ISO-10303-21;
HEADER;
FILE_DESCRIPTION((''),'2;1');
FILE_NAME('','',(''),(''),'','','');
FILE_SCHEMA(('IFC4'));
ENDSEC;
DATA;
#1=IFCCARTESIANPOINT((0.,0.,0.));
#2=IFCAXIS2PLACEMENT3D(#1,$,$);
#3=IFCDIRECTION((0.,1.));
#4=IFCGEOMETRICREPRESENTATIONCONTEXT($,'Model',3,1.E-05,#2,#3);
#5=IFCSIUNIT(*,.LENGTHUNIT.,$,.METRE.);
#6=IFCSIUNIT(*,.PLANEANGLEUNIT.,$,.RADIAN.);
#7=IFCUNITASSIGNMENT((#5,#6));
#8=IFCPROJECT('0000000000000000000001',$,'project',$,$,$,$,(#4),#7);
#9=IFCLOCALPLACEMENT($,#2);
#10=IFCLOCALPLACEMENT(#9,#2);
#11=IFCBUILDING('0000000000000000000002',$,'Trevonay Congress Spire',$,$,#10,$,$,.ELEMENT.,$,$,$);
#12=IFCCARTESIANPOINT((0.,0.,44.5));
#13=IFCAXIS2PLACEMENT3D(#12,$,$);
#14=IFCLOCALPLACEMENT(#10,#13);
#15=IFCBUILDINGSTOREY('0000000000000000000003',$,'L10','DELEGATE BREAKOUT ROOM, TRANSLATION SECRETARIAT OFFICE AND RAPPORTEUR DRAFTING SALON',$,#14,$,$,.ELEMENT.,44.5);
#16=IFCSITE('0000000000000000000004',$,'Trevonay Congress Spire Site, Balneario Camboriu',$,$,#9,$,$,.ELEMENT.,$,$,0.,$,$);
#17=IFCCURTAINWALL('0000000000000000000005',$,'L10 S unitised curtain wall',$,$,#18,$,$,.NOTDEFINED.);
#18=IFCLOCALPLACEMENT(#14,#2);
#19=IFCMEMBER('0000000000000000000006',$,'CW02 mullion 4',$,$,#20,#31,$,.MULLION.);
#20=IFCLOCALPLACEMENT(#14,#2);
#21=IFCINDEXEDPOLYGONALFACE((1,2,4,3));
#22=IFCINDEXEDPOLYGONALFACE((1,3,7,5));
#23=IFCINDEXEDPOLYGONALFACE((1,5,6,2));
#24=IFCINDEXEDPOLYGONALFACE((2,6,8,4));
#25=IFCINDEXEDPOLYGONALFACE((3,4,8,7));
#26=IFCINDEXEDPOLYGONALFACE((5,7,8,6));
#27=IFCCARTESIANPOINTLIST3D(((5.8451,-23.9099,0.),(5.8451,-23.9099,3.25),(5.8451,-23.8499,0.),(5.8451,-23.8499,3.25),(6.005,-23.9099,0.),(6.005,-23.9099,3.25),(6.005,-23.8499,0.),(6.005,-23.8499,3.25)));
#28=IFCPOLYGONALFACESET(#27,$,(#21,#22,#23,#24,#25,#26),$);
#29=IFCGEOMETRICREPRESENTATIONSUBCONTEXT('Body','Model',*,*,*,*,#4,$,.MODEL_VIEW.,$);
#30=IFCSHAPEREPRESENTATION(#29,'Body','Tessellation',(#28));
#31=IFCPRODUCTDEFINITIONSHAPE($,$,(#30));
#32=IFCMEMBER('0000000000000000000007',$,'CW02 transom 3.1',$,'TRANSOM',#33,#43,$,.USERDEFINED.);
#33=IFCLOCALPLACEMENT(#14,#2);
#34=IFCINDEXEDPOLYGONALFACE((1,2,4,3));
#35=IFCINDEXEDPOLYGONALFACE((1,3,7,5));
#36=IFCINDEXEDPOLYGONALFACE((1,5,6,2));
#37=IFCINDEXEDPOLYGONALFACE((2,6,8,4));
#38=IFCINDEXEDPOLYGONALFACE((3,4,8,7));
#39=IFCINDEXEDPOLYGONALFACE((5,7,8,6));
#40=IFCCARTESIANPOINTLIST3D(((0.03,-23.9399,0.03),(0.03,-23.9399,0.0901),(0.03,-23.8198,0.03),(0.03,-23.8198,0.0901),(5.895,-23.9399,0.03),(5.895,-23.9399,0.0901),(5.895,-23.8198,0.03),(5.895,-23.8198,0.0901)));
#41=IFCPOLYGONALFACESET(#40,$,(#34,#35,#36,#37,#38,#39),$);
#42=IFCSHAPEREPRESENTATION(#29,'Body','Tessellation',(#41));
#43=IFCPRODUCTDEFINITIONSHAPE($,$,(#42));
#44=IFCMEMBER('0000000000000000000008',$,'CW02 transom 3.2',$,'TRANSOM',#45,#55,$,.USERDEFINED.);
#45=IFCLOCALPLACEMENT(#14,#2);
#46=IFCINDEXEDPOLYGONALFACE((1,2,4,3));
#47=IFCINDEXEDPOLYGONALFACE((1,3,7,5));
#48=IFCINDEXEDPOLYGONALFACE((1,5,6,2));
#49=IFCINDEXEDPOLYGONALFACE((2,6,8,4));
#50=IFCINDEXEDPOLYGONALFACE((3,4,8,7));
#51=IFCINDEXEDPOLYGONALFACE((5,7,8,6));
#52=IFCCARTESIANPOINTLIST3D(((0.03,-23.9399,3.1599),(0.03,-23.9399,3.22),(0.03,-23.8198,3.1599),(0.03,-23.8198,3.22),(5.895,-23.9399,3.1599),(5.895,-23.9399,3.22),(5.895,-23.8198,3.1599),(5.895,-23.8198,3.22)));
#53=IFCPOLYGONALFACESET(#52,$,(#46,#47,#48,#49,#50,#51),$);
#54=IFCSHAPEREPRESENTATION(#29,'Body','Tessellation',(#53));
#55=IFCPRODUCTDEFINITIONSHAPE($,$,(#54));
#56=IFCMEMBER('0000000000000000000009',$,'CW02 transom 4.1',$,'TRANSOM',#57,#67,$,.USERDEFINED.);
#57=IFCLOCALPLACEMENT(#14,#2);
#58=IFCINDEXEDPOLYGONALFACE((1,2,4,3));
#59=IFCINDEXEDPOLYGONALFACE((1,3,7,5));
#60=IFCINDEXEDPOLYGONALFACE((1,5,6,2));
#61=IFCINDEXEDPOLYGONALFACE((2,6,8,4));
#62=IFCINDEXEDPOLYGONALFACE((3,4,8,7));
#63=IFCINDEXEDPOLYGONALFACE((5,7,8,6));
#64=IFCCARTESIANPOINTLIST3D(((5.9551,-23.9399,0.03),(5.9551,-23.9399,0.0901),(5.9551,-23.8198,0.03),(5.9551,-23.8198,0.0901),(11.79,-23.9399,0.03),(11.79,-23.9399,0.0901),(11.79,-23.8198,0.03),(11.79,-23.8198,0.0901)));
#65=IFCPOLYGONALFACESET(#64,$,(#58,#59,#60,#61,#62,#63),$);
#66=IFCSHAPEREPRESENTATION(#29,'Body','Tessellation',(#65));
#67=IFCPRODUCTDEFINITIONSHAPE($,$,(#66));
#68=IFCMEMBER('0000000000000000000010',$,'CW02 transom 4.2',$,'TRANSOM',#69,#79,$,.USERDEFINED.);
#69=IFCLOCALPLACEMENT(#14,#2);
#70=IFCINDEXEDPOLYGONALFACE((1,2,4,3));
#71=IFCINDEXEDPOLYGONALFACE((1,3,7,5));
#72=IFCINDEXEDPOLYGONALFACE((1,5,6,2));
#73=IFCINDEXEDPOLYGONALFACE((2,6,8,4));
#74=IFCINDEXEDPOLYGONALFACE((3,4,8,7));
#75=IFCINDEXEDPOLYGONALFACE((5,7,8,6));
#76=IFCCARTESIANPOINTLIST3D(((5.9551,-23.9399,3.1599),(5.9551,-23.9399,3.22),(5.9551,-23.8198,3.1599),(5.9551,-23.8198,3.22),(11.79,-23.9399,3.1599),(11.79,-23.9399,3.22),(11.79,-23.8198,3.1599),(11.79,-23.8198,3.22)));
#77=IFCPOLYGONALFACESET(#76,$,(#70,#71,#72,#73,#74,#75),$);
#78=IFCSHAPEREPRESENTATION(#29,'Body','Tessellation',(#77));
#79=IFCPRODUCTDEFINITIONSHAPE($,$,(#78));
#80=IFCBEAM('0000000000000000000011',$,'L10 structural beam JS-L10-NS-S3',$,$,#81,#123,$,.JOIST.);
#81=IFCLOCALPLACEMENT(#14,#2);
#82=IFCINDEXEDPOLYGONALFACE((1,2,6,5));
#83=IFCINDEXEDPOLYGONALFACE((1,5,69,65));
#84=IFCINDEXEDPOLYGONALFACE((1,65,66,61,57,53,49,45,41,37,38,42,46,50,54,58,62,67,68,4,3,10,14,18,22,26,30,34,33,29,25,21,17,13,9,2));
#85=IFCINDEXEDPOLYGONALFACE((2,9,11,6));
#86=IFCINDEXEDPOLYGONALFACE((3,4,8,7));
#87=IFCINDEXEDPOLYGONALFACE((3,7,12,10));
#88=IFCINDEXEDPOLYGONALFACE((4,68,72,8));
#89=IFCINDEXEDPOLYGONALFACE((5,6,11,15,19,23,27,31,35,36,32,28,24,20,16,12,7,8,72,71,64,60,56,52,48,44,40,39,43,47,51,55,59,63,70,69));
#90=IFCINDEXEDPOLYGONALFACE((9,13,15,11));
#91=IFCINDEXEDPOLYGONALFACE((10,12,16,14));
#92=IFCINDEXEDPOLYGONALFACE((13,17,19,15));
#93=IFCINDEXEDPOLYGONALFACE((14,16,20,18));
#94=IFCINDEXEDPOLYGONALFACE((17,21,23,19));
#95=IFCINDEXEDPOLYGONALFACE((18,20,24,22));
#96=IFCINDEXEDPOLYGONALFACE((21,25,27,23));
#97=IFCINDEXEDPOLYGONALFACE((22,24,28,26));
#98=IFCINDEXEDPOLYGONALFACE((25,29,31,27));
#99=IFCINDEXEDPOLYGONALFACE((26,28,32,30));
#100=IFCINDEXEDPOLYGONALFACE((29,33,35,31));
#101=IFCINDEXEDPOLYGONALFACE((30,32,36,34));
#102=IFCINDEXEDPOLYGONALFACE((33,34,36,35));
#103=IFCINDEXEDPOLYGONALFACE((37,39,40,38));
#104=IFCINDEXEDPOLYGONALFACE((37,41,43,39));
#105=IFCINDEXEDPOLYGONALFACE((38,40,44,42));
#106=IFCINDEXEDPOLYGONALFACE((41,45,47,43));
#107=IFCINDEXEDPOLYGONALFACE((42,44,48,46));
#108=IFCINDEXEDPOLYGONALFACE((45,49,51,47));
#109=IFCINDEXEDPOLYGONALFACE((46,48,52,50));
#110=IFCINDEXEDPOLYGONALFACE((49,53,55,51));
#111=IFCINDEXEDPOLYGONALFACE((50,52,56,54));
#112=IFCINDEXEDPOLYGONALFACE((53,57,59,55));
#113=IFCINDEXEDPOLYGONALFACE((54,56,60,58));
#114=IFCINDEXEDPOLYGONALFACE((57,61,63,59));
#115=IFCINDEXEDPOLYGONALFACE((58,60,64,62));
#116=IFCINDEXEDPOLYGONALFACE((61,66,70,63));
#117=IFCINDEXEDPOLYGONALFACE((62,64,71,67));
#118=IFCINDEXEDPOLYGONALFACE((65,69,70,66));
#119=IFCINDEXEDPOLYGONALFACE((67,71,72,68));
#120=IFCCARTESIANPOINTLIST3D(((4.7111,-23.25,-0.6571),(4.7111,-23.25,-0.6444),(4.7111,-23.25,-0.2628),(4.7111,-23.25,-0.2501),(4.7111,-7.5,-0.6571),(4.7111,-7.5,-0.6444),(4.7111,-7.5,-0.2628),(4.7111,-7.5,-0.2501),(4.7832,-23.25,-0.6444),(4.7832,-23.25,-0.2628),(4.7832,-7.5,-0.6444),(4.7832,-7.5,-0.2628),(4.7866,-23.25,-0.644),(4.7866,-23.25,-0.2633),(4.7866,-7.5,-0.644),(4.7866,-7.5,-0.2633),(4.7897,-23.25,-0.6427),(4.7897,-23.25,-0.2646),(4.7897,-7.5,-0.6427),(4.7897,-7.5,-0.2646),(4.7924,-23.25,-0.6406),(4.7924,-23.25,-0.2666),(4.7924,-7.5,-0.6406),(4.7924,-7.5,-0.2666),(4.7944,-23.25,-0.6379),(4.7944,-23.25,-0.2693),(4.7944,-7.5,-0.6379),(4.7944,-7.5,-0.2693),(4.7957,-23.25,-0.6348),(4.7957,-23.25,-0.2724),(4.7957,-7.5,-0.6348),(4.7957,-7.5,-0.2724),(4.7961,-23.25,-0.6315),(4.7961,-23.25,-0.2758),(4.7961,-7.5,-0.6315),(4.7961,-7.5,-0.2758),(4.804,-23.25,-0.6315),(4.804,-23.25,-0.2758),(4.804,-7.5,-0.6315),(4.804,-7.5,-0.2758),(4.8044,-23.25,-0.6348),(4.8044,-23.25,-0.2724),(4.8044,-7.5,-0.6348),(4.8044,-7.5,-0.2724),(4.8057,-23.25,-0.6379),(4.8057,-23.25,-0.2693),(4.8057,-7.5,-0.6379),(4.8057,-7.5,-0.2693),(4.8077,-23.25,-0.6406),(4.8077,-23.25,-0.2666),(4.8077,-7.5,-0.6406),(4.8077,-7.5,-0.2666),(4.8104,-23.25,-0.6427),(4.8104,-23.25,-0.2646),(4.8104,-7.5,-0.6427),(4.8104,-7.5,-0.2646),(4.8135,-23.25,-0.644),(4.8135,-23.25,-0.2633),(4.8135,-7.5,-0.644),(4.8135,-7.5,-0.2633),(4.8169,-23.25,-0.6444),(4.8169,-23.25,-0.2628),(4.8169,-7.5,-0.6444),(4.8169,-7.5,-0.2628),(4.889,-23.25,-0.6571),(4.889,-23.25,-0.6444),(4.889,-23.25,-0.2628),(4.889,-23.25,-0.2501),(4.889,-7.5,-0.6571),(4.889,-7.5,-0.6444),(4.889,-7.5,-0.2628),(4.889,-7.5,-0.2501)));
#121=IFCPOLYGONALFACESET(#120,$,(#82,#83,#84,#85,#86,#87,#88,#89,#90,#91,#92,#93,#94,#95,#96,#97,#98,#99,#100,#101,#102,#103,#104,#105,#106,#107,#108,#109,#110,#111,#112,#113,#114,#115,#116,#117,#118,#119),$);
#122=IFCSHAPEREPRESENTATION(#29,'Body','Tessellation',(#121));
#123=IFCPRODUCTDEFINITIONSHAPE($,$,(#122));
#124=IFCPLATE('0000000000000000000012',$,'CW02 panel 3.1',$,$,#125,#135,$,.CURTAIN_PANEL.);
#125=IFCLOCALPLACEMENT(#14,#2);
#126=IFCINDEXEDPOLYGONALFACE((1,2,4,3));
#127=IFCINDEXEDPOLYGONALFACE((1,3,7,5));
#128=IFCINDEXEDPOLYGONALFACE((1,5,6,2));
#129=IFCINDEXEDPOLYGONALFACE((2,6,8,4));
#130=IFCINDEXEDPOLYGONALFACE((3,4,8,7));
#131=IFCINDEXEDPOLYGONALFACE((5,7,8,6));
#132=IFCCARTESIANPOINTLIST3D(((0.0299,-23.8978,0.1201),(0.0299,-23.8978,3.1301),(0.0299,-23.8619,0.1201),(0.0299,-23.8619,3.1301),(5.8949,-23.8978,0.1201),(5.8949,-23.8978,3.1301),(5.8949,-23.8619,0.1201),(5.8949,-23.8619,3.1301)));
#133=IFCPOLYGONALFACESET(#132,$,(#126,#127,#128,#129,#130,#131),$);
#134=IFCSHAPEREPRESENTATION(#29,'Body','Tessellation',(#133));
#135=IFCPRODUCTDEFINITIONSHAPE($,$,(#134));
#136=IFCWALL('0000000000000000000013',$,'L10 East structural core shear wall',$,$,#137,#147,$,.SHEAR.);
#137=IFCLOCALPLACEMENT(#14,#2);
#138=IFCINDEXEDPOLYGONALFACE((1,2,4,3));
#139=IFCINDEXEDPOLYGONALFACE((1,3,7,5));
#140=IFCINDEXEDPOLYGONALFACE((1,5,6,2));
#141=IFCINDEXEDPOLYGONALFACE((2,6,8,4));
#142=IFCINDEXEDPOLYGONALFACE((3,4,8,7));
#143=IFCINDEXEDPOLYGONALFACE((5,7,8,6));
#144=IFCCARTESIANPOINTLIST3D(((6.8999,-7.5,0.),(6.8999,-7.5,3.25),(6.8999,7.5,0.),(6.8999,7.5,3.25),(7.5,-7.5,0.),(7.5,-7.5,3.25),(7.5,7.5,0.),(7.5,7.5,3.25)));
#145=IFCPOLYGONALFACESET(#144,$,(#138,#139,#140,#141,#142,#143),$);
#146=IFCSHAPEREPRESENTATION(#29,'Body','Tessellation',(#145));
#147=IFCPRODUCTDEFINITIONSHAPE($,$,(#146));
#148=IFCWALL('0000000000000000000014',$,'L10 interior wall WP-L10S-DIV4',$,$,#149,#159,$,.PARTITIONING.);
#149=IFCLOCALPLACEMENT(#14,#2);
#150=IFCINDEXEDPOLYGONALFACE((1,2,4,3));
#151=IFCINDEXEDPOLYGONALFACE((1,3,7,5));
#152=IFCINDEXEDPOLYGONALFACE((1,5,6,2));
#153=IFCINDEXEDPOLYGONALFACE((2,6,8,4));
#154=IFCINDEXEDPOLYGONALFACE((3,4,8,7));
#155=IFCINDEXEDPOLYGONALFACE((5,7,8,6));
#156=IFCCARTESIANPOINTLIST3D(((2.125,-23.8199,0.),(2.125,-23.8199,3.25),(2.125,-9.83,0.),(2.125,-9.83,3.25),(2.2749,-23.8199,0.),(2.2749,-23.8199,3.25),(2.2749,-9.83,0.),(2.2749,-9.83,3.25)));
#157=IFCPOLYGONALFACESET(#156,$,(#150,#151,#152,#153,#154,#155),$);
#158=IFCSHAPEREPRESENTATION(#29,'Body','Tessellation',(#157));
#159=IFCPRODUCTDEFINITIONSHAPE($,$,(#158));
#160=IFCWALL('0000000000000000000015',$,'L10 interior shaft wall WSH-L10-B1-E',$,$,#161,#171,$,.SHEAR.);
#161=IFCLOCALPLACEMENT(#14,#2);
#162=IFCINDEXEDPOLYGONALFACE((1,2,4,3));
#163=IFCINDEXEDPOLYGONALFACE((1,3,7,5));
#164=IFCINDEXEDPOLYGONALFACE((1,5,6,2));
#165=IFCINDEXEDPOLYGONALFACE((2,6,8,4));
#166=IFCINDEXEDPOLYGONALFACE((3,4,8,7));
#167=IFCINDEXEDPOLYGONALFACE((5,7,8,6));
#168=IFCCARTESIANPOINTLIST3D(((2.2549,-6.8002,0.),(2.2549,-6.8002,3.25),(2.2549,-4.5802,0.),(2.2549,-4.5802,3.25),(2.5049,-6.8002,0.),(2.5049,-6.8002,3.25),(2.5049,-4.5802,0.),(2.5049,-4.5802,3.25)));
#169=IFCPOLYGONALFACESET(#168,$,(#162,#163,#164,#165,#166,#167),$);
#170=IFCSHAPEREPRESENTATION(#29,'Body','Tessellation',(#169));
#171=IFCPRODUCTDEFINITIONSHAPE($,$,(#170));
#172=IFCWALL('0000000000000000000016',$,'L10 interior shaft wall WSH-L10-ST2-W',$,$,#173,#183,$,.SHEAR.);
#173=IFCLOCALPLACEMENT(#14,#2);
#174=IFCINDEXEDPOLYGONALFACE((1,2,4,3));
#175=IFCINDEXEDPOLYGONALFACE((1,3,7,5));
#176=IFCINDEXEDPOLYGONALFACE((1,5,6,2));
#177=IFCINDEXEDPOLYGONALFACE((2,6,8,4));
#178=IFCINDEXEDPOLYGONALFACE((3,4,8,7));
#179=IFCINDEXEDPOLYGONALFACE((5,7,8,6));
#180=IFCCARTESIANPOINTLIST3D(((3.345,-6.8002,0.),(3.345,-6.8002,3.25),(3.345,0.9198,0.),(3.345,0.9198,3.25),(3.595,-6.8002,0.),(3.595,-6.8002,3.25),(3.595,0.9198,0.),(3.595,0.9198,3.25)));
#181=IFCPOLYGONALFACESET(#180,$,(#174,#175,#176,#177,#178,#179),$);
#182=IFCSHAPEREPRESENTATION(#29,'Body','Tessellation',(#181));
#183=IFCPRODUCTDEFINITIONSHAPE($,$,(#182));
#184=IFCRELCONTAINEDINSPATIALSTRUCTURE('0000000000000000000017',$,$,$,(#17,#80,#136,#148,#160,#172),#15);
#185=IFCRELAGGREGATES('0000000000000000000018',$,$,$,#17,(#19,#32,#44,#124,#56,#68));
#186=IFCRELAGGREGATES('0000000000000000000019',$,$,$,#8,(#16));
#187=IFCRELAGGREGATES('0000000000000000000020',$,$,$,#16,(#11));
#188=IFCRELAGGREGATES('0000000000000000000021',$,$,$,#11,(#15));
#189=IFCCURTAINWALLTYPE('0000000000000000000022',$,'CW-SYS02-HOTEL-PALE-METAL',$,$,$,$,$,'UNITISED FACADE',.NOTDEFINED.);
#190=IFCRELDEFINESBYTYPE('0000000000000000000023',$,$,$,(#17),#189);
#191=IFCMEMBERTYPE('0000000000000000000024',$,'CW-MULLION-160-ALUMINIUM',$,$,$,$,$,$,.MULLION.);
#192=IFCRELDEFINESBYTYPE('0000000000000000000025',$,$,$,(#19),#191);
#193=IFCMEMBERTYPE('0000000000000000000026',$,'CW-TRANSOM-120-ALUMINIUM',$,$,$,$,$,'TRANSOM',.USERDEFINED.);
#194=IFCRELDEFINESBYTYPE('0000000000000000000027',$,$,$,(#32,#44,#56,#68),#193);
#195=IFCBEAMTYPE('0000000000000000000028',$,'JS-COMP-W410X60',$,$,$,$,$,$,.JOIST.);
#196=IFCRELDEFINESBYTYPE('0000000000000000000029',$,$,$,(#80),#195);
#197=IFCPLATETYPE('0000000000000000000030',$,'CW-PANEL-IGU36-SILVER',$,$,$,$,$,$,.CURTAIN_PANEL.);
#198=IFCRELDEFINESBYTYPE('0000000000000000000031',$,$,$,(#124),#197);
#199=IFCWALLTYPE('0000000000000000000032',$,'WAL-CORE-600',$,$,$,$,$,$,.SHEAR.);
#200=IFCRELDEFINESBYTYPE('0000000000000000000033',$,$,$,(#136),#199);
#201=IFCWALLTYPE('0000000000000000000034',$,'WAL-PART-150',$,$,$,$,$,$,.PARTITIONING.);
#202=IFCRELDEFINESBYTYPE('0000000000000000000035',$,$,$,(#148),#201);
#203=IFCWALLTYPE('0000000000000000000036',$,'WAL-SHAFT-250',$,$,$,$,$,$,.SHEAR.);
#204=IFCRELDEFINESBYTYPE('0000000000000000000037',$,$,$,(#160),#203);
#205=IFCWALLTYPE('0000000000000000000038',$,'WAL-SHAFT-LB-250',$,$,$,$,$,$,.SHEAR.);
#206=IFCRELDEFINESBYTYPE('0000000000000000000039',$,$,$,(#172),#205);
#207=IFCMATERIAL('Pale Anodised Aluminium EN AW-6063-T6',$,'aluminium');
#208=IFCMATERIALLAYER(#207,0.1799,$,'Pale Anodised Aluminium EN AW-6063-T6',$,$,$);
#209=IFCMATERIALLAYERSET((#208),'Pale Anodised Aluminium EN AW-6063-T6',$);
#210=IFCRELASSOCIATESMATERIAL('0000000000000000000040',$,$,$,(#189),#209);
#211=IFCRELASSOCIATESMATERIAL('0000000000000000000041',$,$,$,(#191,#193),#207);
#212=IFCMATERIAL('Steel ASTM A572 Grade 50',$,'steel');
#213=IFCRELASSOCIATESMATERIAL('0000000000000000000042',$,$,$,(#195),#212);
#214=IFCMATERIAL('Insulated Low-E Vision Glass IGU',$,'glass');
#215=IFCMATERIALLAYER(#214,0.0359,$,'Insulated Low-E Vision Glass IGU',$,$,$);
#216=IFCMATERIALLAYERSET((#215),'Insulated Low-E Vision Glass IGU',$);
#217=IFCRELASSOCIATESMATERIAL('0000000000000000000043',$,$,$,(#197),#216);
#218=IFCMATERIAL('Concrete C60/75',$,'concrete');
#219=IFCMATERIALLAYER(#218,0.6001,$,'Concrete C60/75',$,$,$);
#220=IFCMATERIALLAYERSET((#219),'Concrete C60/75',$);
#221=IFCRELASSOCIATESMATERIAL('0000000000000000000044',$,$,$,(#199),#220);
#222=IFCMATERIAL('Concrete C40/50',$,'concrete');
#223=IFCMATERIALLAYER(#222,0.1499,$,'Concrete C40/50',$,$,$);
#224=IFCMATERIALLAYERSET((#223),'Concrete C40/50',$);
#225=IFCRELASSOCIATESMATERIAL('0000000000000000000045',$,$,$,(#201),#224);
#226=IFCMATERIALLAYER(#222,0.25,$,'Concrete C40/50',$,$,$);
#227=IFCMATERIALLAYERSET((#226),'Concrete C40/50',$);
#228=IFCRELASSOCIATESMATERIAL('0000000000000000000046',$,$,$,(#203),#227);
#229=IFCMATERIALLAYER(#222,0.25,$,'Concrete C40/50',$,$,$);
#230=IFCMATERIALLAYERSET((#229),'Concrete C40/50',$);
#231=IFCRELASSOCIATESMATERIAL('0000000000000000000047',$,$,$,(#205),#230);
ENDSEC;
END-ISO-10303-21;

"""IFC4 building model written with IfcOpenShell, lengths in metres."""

from ifc_helpers import new_model, si_unit, direction, frame, frame_2d, origin, origin_2d, place, context, subcontext, project, spatial, rectangle, i_section, extrude, material, layer, layer_set, material_profile, profile_set, type_object, element, aggregate, save


model = new_model("IFC4")

# Units and contexts
model_context = context("Model", 3, precision=1e-05, world=origin(), true_north=direction((0.0, 1.0)))
body_context = subcontext(model_context, "Body", "Model", "MODEL_VIEW")
ifc_project = project(units=[si_unit("LENGTHUNIT", "METRE"), si_unit("PLANEANGLEUNIT", "RADIAN")], contexts=[model_context])

# Site, building, storey
site_placement = place(None, origin())
site = spatial("IfcSite", under=ifc_project, at=site_placement, Name="Trevonay Congress Spire Site, Balneario Camboriu", CompositionType="ELEMENT", RefElevation=0.0)
building_placement = place(site_placement, origin())
building = spatial("IfcBuilding", under=site, at=building_placement, Name="Trevonay Congress Spire", CompositionType="ELEMENT")
storey_placement = place(building_placement, frame((0.0, 0.0, 44.5)))
storey = spatial("IfcBuildingStorey", under=building, at=storey_placement, Name="L10", Description="DELEGATE BREAKOUT ROOM, TRANSLATION SECRETARIAT OFFICE AND RAPPORTEUR DRAFTING SALON", CompositionType="ELEMENT", Elevation=44.5)

# Shared definitions
ifc_material_1 = material(Name="Steel ASTM A572 Grade 50", Category="steel")

# Curtain wall, members
ifc_material_2 = material(Name="Pale Anodised Aluminium EN AW-6063-T6", Category="aluminium")
ifc_layer_1 = layer(ifc_material_2, 0.1799, Name="Pale Anodised Aluminium EN AW-6063-T6")
ifc_layer_set_1 = layer_set([ifc_layer_1], Name="Pale Anodised Aluminium EN AW-6063-T6")
curtain_wall_type = type_object("IfcCurtainWallType", Name="CW-SYS02-HOTEL-PALE-METAL", ElementType="UNITISED FACADE", PredefinedType="NOTDEFINED", material=ifc_layer_set_1)
curtain_wall_placement = place(storey_placement, origin())
curtain_wall = element("IfcCurtainWall", 1, at=curtain_wall_placement, inside=storey, type_object=curtain_wall_type, Name="L10 S unitised curtain wall", PredefinedType="NOTDEFINED")
ifc_material_profile_1 = material_profile(ifc_material_2, rectangle(XDim=0.0601, YDim=0.1599, at=origin_2d()), Name="CW-MULLION-160-ALUMINIUM")
ifc_profile_set_1 = profile_set([ifc_material_profile_1], Name="Pale Anodised Aluminium EN AW-6063-T6")
member_type_1 = type_object("IfcMemberType", Name="CW-MULLION-160-ALUMINIUM", PredefinedType="MULLION", material=ifc_profile_set_1)
member_1_placement = place(storey_placement, frame((5.925, -23.8799, 0.0), z_axis=(0.0, 0.0, 1.0), x_axis=(0.0, 1.0, 0.0)))
member_1 = element("IfcMember", 2, at=member_1_placement, type_object=member_type_1, Name="CW02 mullion 4", PredefinedType="MULLION", context=body_context, shape_type="SweptSolid", body=[
    extrude(rectangle(XDim=0.0601, YDim=0.1599, at=origin_2d()), origin(), (0.0, 0.0, 1.0), 3.25),
])
ifc_material_profile_2 = material_profile(ifc_material_2, rectangle(XDim=0.1201, YDim=0.0601, at=origin_2d()), Name="CW-TRANSOM-120-ALUMINIUM")
ifc_profile_set_2 = profile_set([ifc_material_profile_2], Name="Pale Anodised Aluminium EN AW-6063-T6")
member_type_2 = type_object("IfcMemberType", Name="CW-TRANSOM-120-ALUMINIUM", ElementType="TRANSOM", PredefinedType="USERDEFINED", material=ifc_profile_set_2)
member_2_placement = place(storey_placement, frame((0.03, -23.8799, 0.0601), z_axis=(1.0, 0.0, 0.0), x_axis=(0.0, 1.0, 0.0)))
member_2 = element("IfcMember", 3, at=member_2_placement, type_object=member_type_2, Name="CW02 transom 3.1", ObjectType="TRANSOM", PredefinedType="USERDEFINED", context=body_context, shape_type="SweptSolid", body=[
    extrude(rectangle(XDim=0.1201, YDim=0.0601, at=origin_2d()), origin(), (0.0, 0.0, 1.0), 5.865),
])
member_3_placement = place(storey_placement, frame((0.03, -23.8799, 3.1899), z_axis=(1.0, 0.0, 0.0), x_axis=(0.0, 1.0, 0.0)))
member_3 = element("IfcMember", 4, at=member_3_placement, type_object=member_type_2, Name="CW02 transom 3.2", ObjectType="TRANSOM", PredefinedType="USERDEFINED", context=body_context, shape_type="SweptSolid", body=[
    extrude(rectangle(XDim=0.1201, YDim=0.0601, at=origin_2d()), origin(), (0.0, 0.0, 1.0), 5.865),
])
member_4_placement = place(storey_placement, frame((5.9551, -23.8799, 0.0601), z_axis=(1.0, 0.0, 0.0), x_axis=(0.0, 1.0, 0.0)))
member_4 = element("IfcMember", 5, at=member_4_placement, type_object=member_type_2, Name="CW02 transom 4.1", ObjectType="TRANSOM", PredefinedType="USERDEFINED", context=body_context, shape_type="SweptSolid", body=[
    extrude(rectangle(XDim=0.1201, YDim=0.0601, at=origin_2d()), origin(), (0.0, 0.0, 1.0), 5.835),
])
member_5_placement = place(storey_placement, frame((5.9551, -23.8799, 3.1899), z_axis=(1.0, 0.0, 0.0), x_axis=(0.0, 1.0, 0.0)))
member_5 = element("IfcMember", 6, at=member_5_placement, type_object=member_type_2, Name="CW02 transom 4.2", ObjectType="TRANSOM", PredefinedType="USERDEFINED", context=body_context, shape_type="SweptSolid", body=[
    extrude(rectangle(XDim=0.1201, YDim=0.0601, at=origin_2d()), origin(), (0.0, 0.0, 1.0), 5.835),
])

# Beam
ifc_material_profile_3 = material_profile(ifc_material_1, i_section(OverallWidth=0.178, OverallDepth=0.407, WebThickness=0.0078, FlangeThickness=0.0127, FilletRadius=0.0129, at=origin_2d()), Name="W410x60")
ifc_profile_set_3 = profile_set([ifc_material_profile_3], Name="Steel ASTM A572 Grade 50")
beam_type_1 = type_object("IfcBeamType", Name="JS-COMP-W410X60", PredefinedType="JOIST", material=ifc_profile_set_3)
beam_1_placement = place(storey_placement, frame((4.8, -23.25, -0.4536), z_axis=(0.0, 1.0, 0.0), x_axis=(-1.0, 0.0, 0.0)))
element("IfcBeam", 7, at=beam_1_placement, inside=storey, type_object=beam_type_1, Name="L10 structural beam JS-L10-NS-S3", PredefinedType="JOIST", context=body_context, shape_type="SweptSolid", body=[
    extrude(i_section(OverallWidth=0.178, OverallDepth=0.407, WebThickness=0.0078, FlangeThickness=0.0127, FilletRadius=0.0129, at=origin_2d()), origin(), (0.0, 0.0, 1.0), 15.75),
])

# Plate
ifc_material_3 = material(Name="Insulated Low-E Vision Glass IGU", Category="glass")
ifc_layer_2 = layer(ifc_material_3, 0.0359, Name="Insulated Low-E Vision Glass IGU")
ifc_layer_set_2 = layer_set([ifc_layer_2], Name="Insulated Low-E Vision Glass IGU")
plate_type = type_object("IfcPlateType", Name="CW-PANEL-IGU36-SILVER", PredefinedType="CURTAIN_PANEL", material=ifc_layer_set_2)
plate_placement = place(storey_placement, frame((2.9624, -23.8799, 0.1201), z_axis=(0.0, 0.0, 1.0), x_axis=(1.0, 0.0, 0.0)))
plate = element("IfcPlate", 8, at=plate_placement, type_object=plate_type, Name="CW02 panel 3.1", PredefinedType="CURTAIN_PANEL", context=body_context, shape_type="SweptSolid", body=[
    extrude(rectangle(XDim=5.865, YDim=0.0359, at=origin_2d()), origin(), (0.0, 0.0, 1.0), 3.01),
])
aggregate(curtain_wall, [member_1, member_2, member_3, plate, member_4, member_5])

# Walls
ifc_material_4 = material(Name="Concrete C60/75", Category="concrete")
ifc_layer_3 = layer(ifc_material_4, 0.6001, Name="Concrete C60/75")
ifc_layer_set_3 = layer_set([ifc_layer_3], Name="Concrete C60/75")
wall_type_1 = type_object("IfcWallType", Name="WAL-CORE-600", PredefinedType="SHEAR", material=ifc_layer_set_3)
wall_1_placement = place(storey_placement, frame((7.2, -7.5, 0.0), z_axis=(0.0, 0.0, 1.0), x_axis=(0.0, 1.0, 0.0)))
element("IfcWall", 9, at=wall_1_placement, inside=storey, type_object=wall_type_1, Name="L10 East structural core shear wall", PredefinedType="SHEAR", context=body_context, shape_type="SweptSolid", body=[
    extrude(rectangle(XDim=15.0, YDim=0.6001, at=frame_2d((7.5, 0.0))), origin(), (0.0, 0.0, 1.0), 3.25),
])
ifc_material_5 = material(Name="Concrete C40/50", Category="concrete")
ifc_layer_4 = layer(ifc_material_5, 0.1499, Name="Concrete C40/50")
ifc_layer_set_4 = layer_set([ifc_layer_4], Name="Concrete C40/50")
wall_type_2 = type_object("IfcWallType", Name="WAL-PART-150", PredefinedType="PARTITIONING", material=ifc_layer_set_4)
wall_2_placement = place(storey_placement, frame((2.2, -23.8201, 0.0), z_axis=(0.0, 0.0, 1.0), x_axis=(0.0, 1.0, 0.0)))
element("IfcWall", 10, at=wall_2_placement, inside=storey, type_object=wall_type_2, Name="L10 interior wall WP-L10S-DIV4", PredefinedType="PARTITIONING", context=body_context, shape_type="SweptSolid", body=[
    extrude(rectangle(XDim=13.99, YDim=0.1499, at=frame_2d((6.9951, 0.0))), origin(), (0.0, 0.0, 1.0), 3.25),
])
ifc_layer_5 = layer(ifc_material_5, 0.25, Name="Concrete C40/50")
ifc_layer_set_5 = layer_set([ifc_layer_5], Name="Concrete C40/50")
wall_type_3 = type_object("IfcWallType", Name="WAL-SHAFT-250", PredefinedType="SHEAR", material=ifc_layer_set_5)
wall_3_placement = place(storey_placement, frame((2.3799, -6.8, 0.0), z_axis=(0.0, 0.0, 1.0), x_axis=(0.0, 1.0, 0.0)))
element("IfcWall", 11, at=wall_3_placement, inside=storey, type_object=wall_type_3, Name="L10 interior shaft wall WSH-L10-B1-E", PredefinedType="SHEAR", context=body_context, shape_type="SweptSolid", body=[
    extrude(rectangle(XDim=2.22, YDim=0.25, at=frame_2d((1.1099, 0.0))), origin(), (0.0, 0.0, 1.0), 3.25),
])
ifc_layer_6 = layer(ifc_material_5, 0.25, Name="Concrete C40/50")
ifc_layer_set_6 = layer_set([ifc_layer_6], Name="Concrete C40/50")
wall_type_4 = type_object("IfcWallType", Name="WAL-SHAFT-LB-250", PredefinedType="SHEAR", material=ifc_layer_set_6)
wall_4_placement = place(storey_placement, frame((3.47, -6.8, 0.0), z_axis=(0.0, 0.0, 1.0), x_axis=(0.0, 1.0, 0.0)))
element("IfcWall", 12, at=wall_4_placement, inside=storey, type_object=wall_type_4, Name="L10 interior shaft wall WSH-L10-ST2-W", PredefinedType="SHEAR", context=body_context, shape_type="SweptSolid", body=[
    extrude(rectangle(XDim=7.72, YDim=0.25, at=frame_2d((3.8599, 0.0))), origin(), (0.0, 0.0, 1.0), 3.25),
])

save(model, "model.ifc")
